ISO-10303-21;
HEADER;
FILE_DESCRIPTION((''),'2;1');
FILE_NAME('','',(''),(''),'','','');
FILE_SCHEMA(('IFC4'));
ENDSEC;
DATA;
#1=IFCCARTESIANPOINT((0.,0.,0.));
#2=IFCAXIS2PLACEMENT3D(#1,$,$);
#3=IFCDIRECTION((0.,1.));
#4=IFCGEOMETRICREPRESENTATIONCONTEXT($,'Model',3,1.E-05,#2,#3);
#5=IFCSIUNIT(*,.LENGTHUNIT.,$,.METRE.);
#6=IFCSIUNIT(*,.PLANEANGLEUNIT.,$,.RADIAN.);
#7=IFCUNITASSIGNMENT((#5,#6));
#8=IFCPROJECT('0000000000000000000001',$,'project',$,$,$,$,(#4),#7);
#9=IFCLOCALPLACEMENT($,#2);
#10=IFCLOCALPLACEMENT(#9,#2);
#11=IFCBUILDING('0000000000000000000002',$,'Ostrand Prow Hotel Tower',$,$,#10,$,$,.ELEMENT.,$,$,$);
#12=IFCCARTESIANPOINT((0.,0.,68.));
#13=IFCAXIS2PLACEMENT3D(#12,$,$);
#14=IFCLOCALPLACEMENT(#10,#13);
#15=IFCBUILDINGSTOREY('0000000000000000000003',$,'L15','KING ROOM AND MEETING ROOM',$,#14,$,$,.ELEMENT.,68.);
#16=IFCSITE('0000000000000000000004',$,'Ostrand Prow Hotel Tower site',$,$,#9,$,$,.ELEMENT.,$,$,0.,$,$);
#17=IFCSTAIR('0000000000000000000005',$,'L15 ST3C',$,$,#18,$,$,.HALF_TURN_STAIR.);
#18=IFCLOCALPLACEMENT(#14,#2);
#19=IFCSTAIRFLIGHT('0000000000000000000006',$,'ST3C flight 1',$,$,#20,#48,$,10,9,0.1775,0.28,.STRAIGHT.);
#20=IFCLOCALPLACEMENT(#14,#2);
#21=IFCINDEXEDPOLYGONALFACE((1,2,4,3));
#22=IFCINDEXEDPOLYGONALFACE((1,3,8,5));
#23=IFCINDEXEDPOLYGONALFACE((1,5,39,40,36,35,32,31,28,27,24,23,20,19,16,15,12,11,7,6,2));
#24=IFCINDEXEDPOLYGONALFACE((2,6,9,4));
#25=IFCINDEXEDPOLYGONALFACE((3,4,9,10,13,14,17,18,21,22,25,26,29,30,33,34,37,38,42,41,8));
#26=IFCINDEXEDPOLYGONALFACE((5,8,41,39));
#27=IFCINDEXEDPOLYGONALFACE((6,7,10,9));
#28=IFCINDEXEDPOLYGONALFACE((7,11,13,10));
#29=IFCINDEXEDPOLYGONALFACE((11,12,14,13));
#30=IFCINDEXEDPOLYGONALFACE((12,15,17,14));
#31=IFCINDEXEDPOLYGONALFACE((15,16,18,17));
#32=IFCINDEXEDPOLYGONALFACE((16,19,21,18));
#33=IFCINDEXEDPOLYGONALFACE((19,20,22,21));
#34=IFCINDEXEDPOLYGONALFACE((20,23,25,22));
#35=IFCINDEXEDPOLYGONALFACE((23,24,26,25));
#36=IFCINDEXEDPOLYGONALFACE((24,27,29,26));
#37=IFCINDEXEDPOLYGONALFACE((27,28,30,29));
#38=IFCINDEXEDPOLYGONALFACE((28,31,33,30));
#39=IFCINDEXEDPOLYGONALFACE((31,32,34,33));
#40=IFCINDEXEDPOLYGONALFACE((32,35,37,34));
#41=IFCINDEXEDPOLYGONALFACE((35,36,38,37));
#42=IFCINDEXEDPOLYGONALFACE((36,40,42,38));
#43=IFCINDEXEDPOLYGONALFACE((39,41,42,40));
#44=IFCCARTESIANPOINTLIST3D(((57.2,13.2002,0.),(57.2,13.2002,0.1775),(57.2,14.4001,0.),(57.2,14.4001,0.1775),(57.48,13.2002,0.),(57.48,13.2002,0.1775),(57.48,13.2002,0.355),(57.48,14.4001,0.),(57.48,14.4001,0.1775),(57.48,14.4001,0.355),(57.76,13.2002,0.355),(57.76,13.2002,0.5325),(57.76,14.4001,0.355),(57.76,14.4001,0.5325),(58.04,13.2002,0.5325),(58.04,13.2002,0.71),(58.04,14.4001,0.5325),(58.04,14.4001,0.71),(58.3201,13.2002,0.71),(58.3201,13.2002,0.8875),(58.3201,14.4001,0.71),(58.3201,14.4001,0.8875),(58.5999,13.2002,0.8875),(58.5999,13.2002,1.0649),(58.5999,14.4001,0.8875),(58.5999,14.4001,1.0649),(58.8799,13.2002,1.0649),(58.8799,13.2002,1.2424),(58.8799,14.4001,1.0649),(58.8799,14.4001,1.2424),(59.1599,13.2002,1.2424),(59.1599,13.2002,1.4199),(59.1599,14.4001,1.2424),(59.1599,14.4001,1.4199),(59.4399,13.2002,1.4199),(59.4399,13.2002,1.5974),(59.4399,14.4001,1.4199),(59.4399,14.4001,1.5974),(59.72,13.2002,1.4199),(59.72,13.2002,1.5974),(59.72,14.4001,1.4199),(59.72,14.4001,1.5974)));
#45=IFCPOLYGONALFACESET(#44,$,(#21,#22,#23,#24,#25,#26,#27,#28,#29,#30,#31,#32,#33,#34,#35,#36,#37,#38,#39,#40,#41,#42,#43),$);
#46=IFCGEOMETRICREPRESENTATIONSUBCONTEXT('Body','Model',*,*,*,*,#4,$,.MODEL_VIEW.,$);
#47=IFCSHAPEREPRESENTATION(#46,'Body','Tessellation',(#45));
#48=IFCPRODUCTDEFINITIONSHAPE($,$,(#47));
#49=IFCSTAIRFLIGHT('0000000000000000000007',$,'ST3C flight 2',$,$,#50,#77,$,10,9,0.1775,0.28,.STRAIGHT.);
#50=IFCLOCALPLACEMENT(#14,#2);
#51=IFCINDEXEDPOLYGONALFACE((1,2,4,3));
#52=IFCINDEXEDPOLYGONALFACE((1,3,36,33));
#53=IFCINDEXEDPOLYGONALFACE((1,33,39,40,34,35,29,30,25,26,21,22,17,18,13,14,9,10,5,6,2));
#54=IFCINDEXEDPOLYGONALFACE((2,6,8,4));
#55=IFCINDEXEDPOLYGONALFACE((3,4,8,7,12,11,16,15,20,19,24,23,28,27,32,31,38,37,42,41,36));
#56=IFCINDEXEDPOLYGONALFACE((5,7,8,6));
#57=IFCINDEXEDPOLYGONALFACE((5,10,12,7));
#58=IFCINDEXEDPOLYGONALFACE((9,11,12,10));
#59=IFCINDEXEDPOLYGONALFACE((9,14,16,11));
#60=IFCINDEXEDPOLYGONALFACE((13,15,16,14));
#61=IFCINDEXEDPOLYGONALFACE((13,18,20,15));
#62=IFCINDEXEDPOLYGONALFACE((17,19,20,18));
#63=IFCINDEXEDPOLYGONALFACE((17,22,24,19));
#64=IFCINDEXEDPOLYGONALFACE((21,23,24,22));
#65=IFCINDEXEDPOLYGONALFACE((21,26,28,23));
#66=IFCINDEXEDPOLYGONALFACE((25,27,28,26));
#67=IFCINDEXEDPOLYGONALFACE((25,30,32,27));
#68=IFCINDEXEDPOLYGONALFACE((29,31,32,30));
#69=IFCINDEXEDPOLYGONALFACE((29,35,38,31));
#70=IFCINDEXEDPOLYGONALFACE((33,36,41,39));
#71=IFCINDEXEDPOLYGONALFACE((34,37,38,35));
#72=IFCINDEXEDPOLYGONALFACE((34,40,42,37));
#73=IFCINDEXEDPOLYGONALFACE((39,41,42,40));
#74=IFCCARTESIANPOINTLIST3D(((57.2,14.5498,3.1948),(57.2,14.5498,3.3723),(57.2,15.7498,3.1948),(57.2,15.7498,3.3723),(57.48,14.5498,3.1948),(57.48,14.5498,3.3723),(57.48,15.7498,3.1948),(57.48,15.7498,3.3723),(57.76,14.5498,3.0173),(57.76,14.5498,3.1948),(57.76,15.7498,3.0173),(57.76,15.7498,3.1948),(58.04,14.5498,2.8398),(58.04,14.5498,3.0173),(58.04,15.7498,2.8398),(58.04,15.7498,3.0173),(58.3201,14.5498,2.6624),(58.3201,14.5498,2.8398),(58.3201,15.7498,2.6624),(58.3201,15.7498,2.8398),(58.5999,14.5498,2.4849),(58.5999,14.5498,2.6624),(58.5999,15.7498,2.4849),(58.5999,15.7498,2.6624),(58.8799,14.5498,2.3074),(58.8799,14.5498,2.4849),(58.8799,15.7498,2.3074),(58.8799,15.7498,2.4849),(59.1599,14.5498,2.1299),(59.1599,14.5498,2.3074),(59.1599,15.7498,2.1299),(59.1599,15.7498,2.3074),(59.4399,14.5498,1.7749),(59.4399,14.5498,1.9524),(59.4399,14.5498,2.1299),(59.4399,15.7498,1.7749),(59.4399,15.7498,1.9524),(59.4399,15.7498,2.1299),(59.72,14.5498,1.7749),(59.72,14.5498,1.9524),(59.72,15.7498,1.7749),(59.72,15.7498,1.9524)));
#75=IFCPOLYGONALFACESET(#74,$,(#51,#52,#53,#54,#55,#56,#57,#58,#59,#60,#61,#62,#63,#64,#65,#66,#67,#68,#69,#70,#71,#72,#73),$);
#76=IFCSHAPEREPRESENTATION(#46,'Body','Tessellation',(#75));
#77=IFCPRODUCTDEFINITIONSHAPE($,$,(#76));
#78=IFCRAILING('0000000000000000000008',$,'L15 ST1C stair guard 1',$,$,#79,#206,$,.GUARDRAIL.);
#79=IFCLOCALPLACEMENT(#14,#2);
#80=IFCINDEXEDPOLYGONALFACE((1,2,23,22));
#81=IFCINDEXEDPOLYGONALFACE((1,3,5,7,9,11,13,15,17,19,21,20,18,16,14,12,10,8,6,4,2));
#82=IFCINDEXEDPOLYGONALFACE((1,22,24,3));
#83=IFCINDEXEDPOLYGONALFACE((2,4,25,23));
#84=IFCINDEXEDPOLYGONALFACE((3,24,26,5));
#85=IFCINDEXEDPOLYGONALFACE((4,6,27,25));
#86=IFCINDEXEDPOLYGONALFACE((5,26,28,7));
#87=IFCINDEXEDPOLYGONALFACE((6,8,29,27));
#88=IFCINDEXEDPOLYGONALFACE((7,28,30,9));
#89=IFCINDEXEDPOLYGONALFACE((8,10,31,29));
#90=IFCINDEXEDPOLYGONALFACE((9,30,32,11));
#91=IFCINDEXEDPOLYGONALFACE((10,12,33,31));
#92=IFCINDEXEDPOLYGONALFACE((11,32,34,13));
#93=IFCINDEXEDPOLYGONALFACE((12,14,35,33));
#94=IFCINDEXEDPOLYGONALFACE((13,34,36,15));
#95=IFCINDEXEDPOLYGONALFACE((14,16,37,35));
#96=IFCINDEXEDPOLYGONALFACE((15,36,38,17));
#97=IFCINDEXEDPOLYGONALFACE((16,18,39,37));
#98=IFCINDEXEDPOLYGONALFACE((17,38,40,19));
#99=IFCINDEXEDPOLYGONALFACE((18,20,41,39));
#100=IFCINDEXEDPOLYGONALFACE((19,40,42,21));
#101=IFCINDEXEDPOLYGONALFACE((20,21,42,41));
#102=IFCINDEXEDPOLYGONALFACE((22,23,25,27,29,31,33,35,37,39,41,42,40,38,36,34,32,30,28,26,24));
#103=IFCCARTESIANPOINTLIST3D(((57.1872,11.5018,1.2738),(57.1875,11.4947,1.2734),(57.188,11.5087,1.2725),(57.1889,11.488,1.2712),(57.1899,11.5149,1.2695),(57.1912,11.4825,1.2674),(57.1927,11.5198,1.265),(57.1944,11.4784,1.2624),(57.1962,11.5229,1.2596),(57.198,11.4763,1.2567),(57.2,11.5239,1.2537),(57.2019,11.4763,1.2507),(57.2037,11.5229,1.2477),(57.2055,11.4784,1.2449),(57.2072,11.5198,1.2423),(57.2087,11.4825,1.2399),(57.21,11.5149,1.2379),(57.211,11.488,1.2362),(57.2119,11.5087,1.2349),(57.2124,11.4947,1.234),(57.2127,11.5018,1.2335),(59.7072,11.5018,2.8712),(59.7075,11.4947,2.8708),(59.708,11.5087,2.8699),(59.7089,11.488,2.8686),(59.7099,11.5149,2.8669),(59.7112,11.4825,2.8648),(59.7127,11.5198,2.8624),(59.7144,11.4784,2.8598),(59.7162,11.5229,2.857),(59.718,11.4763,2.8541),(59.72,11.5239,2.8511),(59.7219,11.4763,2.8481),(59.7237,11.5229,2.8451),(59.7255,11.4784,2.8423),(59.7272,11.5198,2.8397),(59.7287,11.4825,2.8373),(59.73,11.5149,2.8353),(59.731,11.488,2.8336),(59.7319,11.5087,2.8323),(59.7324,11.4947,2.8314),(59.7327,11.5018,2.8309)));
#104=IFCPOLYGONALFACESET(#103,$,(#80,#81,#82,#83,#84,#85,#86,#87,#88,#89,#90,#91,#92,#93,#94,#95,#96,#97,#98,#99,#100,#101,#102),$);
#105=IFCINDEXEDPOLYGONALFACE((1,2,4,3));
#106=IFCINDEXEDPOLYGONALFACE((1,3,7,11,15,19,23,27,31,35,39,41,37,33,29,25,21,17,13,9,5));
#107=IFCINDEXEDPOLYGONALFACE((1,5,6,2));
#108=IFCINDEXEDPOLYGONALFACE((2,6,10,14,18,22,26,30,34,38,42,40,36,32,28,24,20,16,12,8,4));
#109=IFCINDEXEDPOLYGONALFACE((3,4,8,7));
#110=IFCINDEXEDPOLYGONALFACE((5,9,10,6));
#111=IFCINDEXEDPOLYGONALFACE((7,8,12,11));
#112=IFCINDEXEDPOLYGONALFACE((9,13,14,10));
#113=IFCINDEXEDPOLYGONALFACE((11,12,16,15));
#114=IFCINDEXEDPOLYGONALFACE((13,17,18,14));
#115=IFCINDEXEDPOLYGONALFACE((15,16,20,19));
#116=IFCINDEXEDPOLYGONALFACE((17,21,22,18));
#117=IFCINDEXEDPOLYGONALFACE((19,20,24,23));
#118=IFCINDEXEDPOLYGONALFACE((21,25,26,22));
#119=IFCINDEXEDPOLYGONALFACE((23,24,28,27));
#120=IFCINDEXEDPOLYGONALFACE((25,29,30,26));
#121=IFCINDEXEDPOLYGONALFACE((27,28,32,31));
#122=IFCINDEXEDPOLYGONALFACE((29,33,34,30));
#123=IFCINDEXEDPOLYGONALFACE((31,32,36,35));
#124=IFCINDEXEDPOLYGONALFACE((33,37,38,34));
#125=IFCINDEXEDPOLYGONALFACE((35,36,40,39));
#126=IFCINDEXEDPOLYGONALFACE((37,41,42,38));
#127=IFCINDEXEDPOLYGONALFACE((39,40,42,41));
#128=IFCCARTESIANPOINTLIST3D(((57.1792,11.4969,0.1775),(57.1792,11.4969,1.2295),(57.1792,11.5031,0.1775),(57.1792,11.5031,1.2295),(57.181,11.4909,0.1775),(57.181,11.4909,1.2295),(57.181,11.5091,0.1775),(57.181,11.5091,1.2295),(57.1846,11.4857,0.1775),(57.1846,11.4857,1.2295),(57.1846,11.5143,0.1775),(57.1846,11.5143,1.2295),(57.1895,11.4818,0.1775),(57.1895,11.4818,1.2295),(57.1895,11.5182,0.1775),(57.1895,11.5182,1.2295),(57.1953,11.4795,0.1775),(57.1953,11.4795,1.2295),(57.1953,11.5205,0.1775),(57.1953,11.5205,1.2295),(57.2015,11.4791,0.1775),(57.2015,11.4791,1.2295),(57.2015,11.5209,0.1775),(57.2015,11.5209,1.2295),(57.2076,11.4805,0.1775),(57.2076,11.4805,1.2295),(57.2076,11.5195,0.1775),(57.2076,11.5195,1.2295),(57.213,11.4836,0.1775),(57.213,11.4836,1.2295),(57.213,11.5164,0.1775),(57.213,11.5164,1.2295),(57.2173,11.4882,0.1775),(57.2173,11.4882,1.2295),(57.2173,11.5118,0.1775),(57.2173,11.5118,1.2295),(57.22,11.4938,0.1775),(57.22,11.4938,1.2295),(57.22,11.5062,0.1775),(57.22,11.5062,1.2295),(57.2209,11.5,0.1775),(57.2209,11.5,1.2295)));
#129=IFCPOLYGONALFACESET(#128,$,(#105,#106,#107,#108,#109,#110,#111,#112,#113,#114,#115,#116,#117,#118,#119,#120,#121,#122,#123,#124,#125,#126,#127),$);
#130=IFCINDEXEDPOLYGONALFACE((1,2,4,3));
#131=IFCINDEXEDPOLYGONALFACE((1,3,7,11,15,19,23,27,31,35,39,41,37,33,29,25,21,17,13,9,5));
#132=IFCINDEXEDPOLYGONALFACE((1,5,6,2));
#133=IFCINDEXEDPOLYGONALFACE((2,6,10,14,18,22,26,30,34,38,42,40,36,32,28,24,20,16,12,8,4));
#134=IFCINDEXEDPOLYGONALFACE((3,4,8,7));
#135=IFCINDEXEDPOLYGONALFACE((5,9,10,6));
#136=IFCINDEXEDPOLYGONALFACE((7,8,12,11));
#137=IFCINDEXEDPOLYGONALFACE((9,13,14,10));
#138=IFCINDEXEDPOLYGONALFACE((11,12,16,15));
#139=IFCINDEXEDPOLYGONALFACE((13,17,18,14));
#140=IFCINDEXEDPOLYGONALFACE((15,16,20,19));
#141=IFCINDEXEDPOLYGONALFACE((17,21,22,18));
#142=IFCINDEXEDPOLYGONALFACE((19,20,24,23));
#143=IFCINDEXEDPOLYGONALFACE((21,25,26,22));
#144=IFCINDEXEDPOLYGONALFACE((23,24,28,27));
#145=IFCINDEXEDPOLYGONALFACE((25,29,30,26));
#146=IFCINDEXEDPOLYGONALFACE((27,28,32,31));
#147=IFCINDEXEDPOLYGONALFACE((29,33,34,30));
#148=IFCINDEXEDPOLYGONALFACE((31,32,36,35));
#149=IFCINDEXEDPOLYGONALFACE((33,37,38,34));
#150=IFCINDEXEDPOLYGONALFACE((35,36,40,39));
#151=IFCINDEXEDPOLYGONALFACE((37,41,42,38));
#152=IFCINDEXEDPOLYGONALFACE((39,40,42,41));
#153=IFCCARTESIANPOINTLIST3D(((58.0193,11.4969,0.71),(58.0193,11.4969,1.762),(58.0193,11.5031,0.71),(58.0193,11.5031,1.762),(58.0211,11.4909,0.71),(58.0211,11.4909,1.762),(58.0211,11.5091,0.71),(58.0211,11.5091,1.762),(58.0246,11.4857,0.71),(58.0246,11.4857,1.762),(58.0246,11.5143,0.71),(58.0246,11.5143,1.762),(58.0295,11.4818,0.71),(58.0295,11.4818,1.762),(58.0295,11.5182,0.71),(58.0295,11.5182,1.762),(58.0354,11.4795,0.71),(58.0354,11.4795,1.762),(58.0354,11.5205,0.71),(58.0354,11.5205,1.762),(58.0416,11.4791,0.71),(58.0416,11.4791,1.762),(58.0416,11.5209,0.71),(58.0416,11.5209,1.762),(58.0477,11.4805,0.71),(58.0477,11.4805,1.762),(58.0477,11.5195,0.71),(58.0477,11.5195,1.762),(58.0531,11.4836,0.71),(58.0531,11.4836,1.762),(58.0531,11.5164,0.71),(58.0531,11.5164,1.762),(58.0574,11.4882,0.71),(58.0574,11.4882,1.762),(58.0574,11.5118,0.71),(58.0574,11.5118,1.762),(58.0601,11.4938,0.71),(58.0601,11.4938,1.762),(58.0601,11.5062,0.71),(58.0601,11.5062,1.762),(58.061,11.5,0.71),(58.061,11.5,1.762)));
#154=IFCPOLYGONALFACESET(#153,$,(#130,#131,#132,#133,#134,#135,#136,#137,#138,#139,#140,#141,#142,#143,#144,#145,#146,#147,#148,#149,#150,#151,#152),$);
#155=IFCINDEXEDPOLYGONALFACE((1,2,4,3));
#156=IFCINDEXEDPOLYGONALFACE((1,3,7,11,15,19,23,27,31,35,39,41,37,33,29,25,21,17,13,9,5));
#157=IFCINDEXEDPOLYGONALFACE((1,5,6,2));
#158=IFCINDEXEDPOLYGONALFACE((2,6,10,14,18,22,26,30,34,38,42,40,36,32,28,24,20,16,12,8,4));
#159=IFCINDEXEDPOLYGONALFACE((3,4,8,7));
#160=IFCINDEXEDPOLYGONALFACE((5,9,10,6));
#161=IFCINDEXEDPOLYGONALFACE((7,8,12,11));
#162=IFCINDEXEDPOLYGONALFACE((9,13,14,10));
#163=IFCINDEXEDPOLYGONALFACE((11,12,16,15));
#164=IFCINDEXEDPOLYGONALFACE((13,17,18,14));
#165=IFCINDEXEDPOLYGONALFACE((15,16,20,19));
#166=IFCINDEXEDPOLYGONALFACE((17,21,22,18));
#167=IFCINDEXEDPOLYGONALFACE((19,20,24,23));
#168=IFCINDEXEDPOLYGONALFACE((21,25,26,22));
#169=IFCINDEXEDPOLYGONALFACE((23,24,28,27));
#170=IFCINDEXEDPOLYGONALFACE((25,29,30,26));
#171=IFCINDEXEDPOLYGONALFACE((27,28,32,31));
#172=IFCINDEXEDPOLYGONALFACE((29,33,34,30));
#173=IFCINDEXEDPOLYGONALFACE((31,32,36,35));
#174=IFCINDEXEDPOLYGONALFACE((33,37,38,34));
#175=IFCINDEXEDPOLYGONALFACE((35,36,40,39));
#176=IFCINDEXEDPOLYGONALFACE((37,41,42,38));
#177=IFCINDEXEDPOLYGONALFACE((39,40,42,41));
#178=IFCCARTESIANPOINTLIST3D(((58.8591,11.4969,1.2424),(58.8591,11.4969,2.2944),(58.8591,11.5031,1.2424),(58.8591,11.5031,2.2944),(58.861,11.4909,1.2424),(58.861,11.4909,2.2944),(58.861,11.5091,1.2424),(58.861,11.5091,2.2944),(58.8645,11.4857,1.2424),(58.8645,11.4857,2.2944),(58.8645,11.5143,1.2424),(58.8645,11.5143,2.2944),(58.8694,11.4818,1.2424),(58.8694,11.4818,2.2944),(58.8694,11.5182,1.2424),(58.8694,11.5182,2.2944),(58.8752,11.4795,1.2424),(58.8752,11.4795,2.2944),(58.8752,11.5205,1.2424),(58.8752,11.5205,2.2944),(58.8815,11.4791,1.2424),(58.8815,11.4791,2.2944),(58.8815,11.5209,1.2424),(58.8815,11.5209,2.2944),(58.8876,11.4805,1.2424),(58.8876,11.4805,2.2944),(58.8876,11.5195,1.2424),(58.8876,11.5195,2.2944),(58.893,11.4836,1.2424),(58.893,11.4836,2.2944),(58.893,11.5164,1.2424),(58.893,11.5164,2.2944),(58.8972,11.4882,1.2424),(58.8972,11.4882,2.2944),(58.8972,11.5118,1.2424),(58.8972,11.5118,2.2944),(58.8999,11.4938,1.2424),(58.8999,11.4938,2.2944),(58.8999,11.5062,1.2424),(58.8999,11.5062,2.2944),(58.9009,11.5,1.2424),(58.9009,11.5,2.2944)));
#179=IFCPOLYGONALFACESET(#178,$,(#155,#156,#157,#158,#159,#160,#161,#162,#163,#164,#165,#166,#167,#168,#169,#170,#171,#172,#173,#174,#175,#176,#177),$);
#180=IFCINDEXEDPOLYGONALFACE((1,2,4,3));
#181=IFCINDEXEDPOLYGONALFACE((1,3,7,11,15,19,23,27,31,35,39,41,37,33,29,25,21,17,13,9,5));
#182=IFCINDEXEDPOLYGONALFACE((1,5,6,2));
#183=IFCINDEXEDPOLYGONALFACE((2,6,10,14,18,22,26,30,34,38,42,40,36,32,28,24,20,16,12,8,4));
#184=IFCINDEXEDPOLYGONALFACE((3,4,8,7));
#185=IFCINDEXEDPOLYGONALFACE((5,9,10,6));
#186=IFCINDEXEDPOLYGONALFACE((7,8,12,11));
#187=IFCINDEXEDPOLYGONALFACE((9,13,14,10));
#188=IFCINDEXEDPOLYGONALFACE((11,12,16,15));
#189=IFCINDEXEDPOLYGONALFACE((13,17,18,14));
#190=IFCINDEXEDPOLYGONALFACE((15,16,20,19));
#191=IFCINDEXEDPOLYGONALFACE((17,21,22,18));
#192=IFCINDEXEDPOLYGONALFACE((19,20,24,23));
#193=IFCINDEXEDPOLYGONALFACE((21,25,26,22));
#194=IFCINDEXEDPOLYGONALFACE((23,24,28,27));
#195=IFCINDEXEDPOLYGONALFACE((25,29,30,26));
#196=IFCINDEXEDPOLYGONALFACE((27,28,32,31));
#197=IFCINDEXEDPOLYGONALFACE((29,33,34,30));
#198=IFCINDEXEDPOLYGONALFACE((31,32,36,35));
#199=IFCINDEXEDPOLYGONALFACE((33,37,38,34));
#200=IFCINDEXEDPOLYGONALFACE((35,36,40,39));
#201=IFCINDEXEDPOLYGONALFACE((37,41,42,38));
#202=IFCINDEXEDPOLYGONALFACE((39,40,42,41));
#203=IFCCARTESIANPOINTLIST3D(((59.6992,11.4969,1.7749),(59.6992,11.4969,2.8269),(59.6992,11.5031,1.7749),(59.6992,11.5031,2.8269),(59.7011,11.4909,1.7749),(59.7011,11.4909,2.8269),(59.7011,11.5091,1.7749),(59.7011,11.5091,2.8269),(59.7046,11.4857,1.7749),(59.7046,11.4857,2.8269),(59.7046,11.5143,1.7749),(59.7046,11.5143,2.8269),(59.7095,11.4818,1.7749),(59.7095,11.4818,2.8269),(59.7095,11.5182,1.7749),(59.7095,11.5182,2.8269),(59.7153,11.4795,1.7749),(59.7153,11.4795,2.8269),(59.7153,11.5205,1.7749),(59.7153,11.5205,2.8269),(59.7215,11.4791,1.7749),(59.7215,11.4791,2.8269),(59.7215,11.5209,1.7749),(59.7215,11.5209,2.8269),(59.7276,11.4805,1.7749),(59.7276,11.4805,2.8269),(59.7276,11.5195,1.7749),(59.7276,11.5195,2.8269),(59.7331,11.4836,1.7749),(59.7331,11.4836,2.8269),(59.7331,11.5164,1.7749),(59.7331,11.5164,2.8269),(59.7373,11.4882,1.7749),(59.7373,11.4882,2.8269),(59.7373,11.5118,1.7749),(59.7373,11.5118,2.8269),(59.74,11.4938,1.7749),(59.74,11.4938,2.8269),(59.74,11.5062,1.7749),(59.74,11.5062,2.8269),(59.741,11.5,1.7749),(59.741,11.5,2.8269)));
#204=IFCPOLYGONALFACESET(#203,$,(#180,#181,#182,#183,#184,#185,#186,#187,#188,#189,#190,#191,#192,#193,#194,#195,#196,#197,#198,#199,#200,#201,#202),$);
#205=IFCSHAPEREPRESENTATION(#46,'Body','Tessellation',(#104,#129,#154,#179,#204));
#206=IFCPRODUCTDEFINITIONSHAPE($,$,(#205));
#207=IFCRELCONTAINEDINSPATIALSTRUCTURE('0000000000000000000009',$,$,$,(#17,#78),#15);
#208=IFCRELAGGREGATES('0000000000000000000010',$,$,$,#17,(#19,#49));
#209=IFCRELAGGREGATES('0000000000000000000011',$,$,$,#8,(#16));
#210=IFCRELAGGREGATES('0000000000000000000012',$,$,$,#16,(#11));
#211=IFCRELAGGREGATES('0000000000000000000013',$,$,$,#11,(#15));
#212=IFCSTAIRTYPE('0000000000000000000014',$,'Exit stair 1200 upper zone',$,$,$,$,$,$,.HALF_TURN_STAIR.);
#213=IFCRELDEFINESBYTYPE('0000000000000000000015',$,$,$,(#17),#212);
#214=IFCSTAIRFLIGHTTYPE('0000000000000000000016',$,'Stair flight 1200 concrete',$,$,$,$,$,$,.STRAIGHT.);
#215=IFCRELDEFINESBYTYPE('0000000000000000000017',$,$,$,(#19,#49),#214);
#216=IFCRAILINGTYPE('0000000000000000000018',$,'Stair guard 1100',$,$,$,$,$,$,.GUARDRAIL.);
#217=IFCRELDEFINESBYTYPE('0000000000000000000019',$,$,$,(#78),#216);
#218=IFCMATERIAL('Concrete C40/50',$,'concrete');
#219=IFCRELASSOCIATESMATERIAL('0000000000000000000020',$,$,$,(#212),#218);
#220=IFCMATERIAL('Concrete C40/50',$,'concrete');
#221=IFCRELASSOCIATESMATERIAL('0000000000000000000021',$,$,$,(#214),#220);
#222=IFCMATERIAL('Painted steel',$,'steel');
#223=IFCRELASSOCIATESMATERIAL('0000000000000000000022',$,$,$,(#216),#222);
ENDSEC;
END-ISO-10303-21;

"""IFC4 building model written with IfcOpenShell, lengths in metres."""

from ifc_helpers import new_model, si_unit, direction, frame, origin, origin_2d, place, context, subcontext, project, spatial, polyline, circle, outline, extrude, material, type_object, element, aggregate, save


model = new_model("IFC4")

# Units and contexts
model_context = context("Model", 3, precision=1e-05, world=origin(), true_north=direction((0.0, 1.0)))
body_context = subcontext(model_context, "Body", "Model", "MODEL_VIEW")
ifc_project = project(units=[si_unit("LENGTHUNIT", "METRE"), si_unit("PLANEANGLEUNIT", "RADIAN")], contexts=[model_context])

# Site, building, storey
site_placement = place(None, origin())
site = spatial("IfcSite", under=ifc_project, at=site_placement, Name="Ostrand Prow Hotel Tower site", CompositionType="ELEMENT", RefElevation=0.0)
building_placement = place(site_placement, origin())
building = spatial("IfcBuilding", under=site, at=building_placement, Name="Ostrand Prow Hotel Tower", CompositionType="ELEMENT")
storey_placement = place(building_placement, frame((0.0, 0.0, 68.0)))
storey = spatial("IfcBuildingStorey", under=building, at=storey_placement, Name="L15", Description="KING ROOM AND MEETING ROOM", CompositionType="ELEMENT", Elevation=68.0)

# Stair, stair flights
ifc_material_1 = material(Name="Concrete C40/50", Category="concrete")
stair_type = type_object("IfcStairType", Name="Exit stair 1200 upper zone", PredefinedType="HALF_TURN_STAIR", material=ifc_material_1)
ifc_material_2 = material(Name="Concrete C40/50", Category="concrete")
stair_flight_type = type_object("IfcStairFlightType", Name="Stair flight 1200 concrete", PredefinedType="STRAIGHT", material=ifc_material_2)
stair_1_placement = place(storey_placement, origin())
stair_1 = element("IfcStair", 1, at=stair_1_placement, inside=storey, type_object=stair_type, Name="L15 ST3C", PredefinedType="HALF_TURN_STAIR")
stair_flight_1_placement = place(storey_placement, frame((57.2, 13.8, 0.0), z_axis=(0.0, 0.0, 1.0), x_axis=(1.0, 0.0, 0.0)))
stair_flight_1 = element("IfcStairFlight", 2, at=stair_flight_1_placement, type_object=stair_flight_type, Name="ST3C flight 1", NumberOfRisers=10, NumberOfTreads=9, PredefinedType="STRAIGHT", RiserHeight=0.1775, TreadLength=0.28, context=body_context, shape_type="SweptSolid", body=[
    extrude(outline(polyline([(0.0, 0.0), (0.0, 0.1775), (0.28, 0.1775), (0.28, 0.355), (0.5601, 0.355), (0.5601, 0.5325), (0.8401, 0.5325), (0.8401, 0.71), (1.1201, 0.71), (1.1201, 0.8875), (1.3999, 0.8875), (1.3999, 1.0649), (1.6799, 1.0649), (1.6799, 1.2424), (1.96, 1.2424), (1.96, 1.4199), (2.24, 1.4199), (2.24, 1.5974), (2.52, 1.5974), (2.52, 1.7749), (2.52, 1.4199), (0.28, 0.0), (0.0, 0.0)])), frame((0.0, 0.6001, 0.0), z_axis=(0.0, -1.0, 0.0), x_axis=(1.0, 0.0, 0.0)), (0.0, 0.0, 1.0), 1.2),
])
stair_flight_2_placement = place(storey_placement, frame((59.72, 15.1499, 1.7749), z_axis=(0.0, 0.0, 1.0), x_axis=(-1.0, 0.0, 0.0)))
stair_flight_2 = element("IfcStairFlight", 3, at=stair_flight_2_placement, type_object=stair_flight_type, Name="ST3C flight 2", NumberOfRisers=10, NumberOfTreads=9, PredefinedType="STRAIGHT", RiserHeight=0.1775, TreadLength=0.28, context=body_context, shape_type="SweptSolid", body=[
    extrude(outline(polyline([(0.0, 0.0), (0.0, 0.1775), (0.28, 0.1775), (0.28, 0.355), (0.5601, 0.355), (0.5601, 0.5325), (0.8401, 0.5325), (0.8401, 0.71), (1.1201, 0.71), (1.1201, 0.8875), (1.3999, 0.8875), (1.3999, 1.0649), (1.6799, 1.0649), (1.6799, 1.2424), (1.96, 1.2424), (1.96, 1.4199), (2.24, 1.4199), (2.24, 1.5974), (2.52, 1.5974), (2.52, 1.7749), (2.52, 1.4199), (0.28, 0.0), (0.0, 0.0)])), frame((0.0, 0.6001, 0.0), z_axis=(0.0, -1.0, 0.0), x_axis=(1.0, 0.0, 0.0)), (0.0, 0.0, 1.0), 1.2),
])
aggregate(stair_1, [stair_flight_1, stair_flight_2])

# Railing
ifc_material_3 = material(Name="Painted steel", Category="steel")
railing_type_1 = type_object("IfcRailingType", Name="Stair guard 1100", PredefinedType="GUARDRAIL", material=ifc_material_3)
railing_1_placement = place(storey_placement, frame((57.2, 11.5, 0.1775)))
element("IfcRailing", 4, at=railing_1_placement, inside=storey, type_object=railing_type_1, Name="L15 ST1C stair guard 1", PredefinedType="GUARDRAIL", context=body_context, shape_type="SweptSolid", body=[
    extrude(circle(Radius=0.0239, at=origin_2d()), frame((0.0, 0.0, 1.0762), z_axis=(0.844607, 0.0, 0.535387), x_axis=(0.0, 1.0, 0.0)), (0.0, 0.0, 1.0), 2.9836),
    extrude(circle(Radius=0.021, at=origin_2d()), origin(), (0.0, 0.0, 1.0), 1.052),
    extrude(circle(Radius=0.021, at=origin_2d()), frame((0.8401, 0.0, 0.5325)), (0.0, 0.0, 1.0), 1.052),
    extrude(circle(Radius=0.021, at=origin_2d()), frame((1.6799, 0.0, 1.0649)), (0.0, 0.0, 1.0), 1.052),
    extrude(circle(Radius=0.021, at=origin_2d()), frame((2.52, 0.0, 1.5974)), (0.0, 0.0, 1.0), 1.052),
])

save(model, "model.ifc")
